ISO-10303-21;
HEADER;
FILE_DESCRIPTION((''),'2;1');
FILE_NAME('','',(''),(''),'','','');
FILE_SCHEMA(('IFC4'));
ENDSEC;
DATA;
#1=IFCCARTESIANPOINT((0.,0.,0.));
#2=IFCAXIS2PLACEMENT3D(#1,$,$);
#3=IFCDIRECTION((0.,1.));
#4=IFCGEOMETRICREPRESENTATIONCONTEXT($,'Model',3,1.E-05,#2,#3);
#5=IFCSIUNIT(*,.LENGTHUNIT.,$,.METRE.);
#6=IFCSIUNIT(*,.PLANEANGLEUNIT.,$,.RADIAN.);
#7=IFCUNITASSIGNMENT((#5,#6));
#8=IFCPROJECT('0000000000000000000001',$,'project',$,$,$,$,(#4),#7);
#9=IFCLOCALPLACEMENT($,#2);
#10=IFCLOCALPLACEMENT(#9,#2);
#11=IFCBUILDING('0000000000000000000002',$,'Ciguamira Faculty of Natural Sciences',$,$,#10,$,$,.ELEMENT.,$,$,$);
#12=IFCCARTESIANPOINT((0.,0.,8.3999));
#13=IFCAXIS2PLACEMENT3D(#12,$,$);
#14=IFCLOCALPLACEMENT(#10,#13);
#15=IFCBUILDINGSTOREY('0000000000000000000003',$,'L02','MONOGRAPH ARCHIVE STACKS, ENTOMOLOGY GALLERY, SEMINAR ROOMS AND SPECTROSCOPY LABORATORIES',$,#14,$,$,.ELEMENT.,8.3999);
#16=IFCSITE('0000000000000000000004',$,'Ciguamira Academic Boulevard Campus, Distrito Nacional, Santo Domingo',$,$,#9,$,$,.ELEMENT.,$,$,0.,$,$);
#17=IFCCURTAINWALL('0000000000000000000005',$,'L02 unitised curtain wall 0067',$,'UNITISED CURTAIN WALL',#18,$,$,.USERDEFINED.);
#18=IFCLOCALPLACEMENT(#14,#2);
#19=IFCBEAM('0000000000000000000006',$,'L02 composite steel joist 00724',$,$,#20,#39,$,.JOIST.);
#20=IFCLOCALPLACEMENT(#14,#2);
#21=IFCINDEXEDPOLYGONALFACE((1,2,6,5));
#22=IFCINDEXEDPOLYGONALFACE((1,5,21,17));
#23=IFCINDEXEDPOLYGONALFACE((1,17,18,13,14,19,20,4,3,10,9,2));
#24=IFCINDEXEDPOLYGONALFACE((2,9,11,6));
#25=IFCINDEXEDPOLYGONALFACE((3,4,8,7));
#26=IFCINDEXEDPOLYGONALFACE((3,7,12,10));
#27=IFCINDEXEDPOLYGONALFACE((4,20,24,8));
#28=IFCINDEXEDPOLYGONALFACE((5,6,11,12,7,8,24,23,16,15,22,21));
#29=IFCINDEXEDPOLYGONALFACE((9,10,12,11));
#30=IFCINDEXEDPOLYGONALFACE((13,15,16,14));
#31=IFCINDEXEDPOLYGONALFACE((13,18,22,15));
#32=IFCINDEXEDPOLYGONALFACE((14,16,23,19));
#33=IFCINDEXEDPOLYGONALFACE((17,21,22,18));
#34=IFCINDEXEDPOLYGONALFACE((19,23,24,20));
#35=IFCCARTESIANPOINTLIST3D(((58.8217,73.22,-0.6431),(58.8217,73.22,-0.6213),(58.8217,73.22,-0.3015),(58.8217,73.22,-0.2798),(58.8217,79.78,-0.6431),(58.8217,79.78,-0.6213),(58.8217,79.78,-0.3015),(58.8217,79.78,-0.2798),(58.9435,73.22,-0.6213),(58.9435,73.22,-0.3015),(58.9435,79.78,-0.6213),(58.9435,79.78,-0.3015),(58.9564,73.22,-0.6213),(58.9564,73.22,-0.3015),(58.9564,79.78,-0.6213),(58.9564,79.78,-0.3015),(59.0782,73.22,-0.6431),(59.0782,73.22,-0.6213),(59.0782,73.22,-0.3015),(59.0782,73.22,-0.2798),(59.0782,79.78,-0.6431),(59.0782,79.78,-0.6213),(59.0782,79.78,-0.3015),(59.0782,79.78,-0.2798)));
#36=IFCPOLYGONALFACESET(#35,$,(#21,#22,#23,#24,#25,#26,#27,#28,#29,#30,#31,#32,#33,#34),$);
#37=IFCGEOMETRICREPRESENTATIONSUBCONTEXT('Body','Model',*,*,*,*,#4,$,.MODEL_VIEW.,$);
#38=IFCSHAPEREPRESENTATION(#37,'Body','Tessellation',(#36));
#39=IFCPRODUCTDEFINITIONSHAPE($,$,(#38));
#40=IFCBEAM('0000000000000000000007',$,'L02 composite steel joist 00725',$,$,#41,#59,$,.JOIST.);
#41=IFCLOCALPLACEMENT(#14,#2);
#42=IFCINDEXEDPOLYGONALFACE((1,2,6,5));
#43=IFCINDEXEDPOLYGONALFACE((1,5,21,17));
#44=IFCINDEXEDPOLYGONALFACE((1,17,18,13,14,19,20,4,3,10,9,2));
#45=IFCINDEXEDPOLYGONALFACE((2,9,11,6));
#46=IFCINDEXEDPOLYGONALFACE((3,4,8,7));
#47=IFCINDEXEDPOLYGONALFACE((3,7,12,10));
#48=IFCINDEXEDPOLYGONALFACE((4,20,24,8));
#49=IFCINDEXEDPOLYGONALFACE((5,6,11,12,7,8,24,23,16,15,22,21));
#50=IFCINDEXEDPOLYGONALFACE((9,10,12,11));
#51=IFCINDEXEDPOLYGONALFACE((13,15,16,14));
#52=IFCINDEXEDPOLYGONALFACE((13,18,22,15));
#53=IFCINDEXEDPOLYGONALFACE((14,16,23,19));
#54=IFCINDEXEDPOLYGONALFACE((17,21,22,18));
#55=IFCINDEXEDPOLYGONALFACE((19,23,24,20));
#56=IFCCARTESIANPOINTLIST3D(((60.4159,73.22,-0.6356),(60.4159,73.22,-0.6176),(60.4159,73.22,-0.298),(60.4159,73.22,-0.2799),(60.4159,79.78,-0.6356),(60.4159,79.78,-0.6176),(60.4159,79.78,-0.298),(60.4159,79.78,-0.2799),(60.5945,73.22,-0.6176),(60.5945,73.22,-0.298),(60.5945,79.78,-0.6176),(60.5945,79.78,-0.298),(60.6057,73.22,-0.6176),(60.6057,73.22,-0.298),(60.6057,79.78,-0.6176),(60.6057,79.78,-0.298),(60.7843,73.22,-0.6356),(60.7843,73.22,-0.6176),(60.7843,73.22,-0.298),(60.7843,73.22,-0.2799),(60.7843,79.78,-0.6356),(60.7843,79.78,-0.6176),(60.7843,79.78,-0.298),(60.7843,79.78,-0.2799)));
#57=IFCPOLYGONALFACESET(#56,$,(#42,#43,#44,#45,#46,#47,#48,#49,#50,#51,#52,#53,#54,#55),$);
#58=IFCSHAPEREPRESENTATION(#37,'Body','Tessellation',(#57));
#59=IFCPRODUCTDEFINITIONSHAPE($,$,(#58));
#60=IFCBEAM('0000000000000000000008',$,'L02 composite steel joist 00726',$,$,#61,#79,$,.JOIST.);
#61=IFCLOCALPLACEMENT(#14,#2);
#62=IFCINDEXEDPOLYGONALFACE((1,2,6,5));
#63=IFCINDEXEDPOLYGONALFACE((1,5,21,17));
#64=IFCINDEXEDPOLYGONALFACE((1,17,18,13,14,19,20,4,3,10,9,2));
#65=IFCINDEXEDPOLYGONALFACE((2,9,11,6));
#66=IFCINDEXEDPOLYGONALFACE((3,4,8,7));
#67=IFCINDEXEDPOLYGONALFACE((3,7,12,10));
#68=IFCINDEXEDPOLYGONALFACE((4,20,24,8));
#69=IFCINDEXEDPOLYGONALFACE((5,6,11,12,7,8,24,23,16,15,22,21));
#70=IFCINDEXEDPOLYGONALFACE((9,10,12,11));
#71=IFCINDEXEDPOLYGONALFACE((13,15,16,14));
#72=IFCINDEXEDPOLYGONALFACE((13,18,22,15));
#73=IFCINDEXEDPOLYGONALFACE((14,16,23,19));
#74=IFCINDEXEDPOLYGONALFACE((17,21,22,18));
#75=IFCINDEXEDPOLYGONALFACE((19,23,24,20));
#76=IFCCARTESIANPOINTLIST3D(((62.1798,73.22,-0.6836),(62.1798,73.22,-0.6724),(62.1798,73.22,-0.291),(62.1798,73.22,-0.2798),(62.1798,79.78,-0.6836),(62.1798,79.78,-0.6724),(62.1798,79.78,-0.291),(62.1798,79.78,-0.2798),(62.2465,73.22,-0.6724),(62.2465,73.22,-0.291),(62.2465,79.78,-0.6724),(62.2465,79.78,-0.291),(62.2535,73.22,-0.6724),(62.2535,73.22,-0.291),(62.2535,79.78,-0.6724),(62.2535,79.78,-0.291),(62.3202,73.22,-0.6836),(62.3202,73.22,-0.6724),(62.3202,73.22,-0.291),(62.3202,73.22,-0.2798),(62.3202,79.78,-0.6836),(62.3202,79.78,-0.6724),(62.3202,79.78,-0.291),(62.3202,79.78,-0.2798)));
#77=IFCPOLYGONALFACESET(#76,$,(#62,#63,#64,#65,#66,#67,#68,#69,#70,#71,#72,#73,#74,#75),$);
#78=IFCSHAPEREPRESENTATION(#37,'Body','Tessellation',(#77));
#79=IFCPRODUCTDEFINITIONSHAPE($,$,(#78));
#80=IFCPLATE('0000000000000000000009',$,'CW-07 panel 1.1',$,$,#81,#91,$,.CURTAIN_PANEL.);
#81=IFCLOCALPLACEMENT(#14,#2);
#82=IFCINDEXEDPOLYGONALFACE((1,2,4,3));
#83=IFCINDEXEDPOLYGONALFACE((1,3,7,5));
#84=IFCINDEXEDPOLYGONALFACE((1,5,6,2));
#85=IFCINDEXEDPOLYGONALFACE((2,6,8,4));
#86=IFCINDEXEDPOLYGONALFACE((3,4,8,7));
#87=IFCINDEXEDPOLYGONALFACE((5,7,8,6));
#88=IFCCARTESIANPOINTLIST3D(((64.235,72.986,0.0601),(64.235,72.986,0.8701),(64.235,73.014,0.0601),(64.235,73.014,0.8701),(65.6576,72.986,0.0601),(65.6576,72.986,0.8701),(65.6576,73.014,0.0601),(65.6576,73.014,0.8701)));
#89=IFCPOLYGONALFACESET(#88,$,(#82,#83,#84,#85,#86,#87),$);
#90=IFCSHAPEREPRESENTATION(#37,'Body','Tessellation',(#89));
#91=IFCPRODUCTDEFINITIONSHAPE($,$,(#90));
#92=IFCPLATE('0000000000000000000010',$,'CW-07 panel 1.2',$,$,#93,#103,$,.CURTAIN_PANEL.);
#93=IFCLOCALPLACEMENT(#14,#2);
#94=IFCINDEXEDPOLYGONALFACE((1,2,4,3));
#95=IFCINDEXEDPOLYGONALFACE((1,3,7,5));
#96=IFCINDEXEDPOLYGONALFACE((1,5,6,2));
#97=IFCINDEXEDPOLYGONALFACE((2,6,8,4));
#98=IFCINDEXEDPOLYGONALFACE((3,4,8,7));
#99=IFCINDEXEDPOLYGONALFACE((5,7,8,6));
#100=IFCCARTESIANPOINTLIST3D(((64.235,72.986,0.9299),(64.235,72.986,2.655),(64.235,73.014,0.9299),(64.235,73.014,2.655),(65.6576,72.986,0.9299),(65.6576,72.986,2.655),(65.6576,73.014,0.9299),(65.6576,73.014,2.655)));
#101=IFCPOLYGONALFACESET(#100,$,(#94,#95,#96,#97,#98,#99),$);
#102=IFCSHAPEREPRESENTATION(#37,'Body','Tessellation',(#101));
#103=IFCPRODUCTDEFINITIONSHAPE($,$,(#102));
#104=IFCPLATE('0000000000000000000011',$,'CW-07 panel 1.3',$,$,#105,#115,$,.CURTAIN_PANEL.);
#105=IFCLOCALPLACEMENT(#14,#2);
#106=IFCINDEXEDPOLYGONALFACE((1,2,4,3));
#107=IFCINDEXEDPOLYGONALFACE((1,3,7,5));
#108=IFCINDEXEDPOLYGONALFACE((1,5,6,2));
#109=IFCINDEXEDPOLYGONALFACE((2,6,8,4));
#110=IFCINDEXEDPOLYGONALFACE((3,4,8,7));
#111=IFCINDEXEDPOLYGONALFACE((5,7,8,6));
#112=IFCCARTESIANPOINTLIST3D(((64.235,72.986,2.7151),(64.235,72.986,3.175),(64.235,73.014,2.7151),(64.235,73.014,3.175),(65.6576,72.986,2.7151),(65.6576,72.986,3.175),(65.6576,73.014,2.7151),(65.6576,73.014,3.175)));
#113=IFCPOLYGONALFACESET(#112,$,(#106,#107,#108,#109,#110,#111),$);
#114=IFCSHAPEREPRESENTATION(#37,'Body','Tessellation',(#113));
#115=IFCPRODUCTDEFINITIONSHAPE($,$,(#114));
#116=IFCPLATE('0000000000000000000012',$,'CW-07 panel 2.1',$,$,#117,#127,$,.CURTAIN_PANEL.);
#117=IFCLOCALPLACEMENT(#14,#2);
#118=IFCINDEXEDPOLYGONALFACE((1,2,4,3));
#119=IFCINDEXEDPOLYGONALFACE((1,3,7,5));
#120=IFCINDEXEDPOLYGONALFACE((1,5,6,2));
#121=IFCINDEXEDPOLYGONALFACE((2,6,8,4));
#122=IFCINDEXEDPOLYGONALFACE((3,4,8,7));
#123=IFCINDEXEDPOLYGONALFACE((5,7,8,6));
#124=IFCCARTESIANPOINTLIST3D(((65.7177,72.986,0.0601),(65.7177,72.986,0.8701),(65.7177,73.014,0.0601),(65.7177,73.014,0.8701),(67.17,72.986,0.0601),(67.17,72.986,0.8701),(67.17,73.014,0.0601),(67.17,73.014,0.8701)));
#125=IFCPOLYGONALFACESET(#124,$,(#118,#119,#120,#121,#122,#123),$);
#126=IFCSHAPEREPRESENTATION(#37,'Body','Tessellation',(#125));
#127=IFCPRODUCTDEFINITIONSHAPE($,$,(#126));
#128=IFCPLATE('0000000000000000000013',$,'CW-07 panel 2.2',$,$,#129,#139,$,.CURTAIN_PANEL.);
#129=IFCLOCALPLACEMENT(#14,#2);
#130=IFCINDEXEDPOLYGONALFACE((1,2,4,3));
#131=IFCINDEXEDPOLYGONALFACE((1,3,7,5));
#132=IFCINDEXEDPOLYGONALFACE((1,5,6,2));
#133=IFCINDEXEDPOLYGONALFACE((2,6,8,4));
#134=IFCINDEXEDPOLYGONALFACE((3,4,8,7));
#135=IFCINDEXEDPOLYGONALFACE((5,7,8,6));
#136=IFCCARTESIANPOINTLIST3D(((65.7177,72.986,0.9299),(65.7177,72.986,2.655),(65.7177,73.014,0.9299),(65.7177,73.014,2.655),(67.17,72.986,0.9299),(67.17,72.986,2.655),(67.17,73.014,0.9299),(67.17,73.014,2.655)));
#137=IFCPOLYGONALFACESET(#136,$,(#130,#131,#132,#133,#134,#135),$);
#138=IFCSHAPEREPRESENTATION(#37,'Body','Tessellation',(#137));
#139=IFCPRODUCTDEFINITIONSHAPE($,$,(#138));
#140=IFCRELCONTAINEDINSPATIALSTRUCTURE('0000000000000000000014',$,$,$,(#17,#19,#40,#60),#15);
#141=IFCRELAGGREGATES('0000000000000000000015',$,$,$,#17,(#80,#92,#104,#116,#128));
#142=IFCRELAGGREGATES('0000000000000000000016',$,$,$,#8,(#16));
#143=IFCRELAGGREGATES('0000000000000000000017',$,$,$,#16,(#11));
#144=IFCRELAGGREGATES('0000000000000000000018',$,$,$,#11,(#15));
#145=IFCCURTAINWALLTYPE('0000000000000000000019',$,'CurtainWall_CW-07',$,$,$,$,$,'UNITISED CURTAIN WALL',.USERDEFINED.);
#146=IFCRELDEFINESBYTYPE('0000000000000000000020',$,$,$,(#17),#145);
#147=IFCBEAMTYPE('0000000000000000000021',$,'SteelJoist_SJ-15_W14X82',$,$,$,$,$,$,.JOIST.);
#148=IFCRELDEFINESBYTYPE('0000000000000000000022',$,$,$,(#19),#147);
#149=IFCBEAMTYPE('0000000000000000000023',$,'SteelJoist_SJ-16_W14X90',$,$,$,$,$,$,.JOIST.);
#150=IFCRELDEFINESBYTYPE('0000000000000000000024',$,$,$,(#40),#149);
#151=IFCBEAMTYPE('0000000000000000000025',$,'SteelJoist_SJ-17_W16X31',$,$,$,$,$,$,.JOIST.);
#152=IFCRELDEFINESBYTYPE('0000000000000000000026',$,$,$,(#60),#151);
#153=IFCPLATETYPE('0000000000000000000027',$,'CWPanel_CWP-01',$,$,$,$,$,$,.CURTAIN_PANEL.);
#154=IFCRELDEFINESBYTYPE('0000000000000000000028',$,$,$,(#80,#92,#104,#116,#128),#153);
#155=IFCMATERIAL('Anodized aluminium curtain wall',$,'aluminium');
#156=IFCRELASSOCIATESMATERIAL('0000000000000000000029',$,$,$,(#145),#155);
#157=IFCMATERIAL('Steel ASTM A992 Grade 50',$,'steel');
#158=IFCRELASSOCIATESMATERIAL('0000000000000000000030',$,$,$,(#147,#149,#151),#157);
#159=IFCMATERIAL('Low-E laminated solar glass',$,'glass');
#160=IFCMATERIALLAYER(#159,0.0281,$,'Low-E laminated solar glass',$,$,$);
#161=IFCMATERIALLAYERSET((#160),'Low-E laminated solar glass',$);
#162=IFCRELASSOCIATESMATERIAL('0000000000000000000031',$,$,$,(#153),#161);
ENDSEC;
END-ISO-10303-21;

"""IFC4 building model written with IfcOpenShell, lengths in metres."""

from ifc_helpers import new_model, si_unit, direction, frame, origin, origin_2d, place, context, subcontext, project, spatial, rectangle, i_section, extrude, material, layer, layer_set, material_profile, profile_set, type_object, element, aggregate, save


model = new_model("IFC4")

# Units and contexts
model_context = context("Model", 3, precision=1e-05, world=origin(), true_north=direction((0.0, 1.0)))
body_context = subcontext(model_context, "Body", "Model", "MODEL_VIEW")
ifc_project = project(units=[si_unit("LENGTHUNIT", "METRE"), si_unit("PLANEANGLEUNIT", "RADIAN")], contexts=[model_context])

# Site, building, storey
site_placement = place(None, origin())
site = spatial("IfcSite", under=ifc_project, at=site_placement, Name="Ciguamira Academic Boulevard Campus, Distrito Nacional, Santo Domingo", CompositionType="ELEMENT", RefElevation=0.0)
building_placement = place(site_placement, origin())
building = spatial("IfcBuilding", under=site, at=building_placement, Name="Ciguamira Faculty of Natural Sciences", CompositionType="ELEMENT")
storey_placement = place(building_placement, frame((0.0, 0.0, 8.3999)))
storey = spatial("IfcBuildingStorey", under=building, at=storey_placement, Name="L02", Description="MONOGRAPH ARCHIVE STACKS, ENTOMOLOGY GALLERY, SEMINAR ROOMS AND SPECTROSCOPY LABORATORIES", CompositionType="ELEMENT", Elevation=8.3999)

# Curtain wall
ifc_material_1 = material(Name="Anodized aluminium curtain wall", Category="aluminium")
curtain_wall_type = type_object("IfcCurtainWallType", Name="CurtainWall_CW-07", ElementType="UNITISED CURTAIN WALL", PredefinedType="USERDEFINED", material=ifc_material_1)
curtain_wall_placement = place(storey_placement, origin())
curtain_wall = element("IfcCurtainWall", 1, at=curtain_wall_placement, inside=storey, type_object=curtain_wall_type, Name="L02 unitised curtain wall 0067", ObjectType="UNITISED CURTAIN WALL", PredefinedType="USERDEFINED")

# Beams
ifc_material_2 = material(Name="Steel ASTM A992 Grade 50", Category="steel")
ifc_material_profile_1 = material_profile(ifc_material_2, i_section(OverallWidth=0.2566, OverallDepth=0.3633, WebThickness=0.0129, FlangeThickness=0.0217, at=origin_2d()), Name="W14X82")
ifc_profile_set_1 = profile_set([ifc_material_profile_1], Name="Steel ASTM A992 Grade 50")
beam_type_1 = type_object("IfcBeamType", Name="SteelJoist_SJ-15_W14X82", PredefinedType="JOIST", material=ifc_profile_set_1)
beam_1_placement = place(storey_placement, frame((58.95, 73.22, -0.4614), z_axis=(0.0, 1.0, 0.0), x_axis=(-1.0, 0.0, 0.0)))
element("IfcBeam", 2, at=beam_1_placement, inside=storey, type_object=beam_type_1, Name="L02 composite steel joist 00724", PredefinedType="JOIST", context=body_context, shape_type="SweptSolid", body=[
    extrude(i_section(OverallWidth=0.2566, OverallDepth=0.3633, WebThickness=0.0129, FlangeThickness=0.0217, at=origin_2d()), origin(), (0.0, 0.0, 1.0), 6.5601),
])
ifc_material_profile_2 = material_profile(ifc_material_2, i_section(OverallWidth=0.3684, OverallDepth=0.3557, WebThickness=0.0112, FlangeThickness=0.0181, at=origin_2d()), Name="W14X90")
ifc_profile_set_2 = profile_set([ifc_material_profile_2], Name="Steel ASTM A992 Grade 50")
beam_type_2 = type_object("IfcBeamType", Name="SteelJoist_SJ-16_W14X90", PredefinedType="JOIST", material=ifc_profile_set_2)
beam_2_placement = place(storey_placement, frame((60.6001, 73.22, -0.4578), z_axis=(0.0, 1.0, 0.0), x_axis=(-1.0, 0.0, 0.0)))
element("IfcBeam", 3, at=beam_2_placement, inside=storey, type_object=beam_type_2, Name="L02 composite steel joist 00725", PredefinedType="JOIST", context=body_context, shape_type="SweptSolid", body=[
    extrude(i_section(OverallWidth=0.3684, OverallDepth=0.3557, WebThickness=0.0112, FlangeThickness=0.0181, at=origin_2d()), origin(), (0.0, 0.0, 1.0), 6.5601),
])
ifc_material_profile_3 = material_profile(ifc_material_2, i_section(OverallWidth=0.1404, OverallDepth=0.4038, WebThickness=0.0071, FlangeThickness=0.0112, at=origin_2d()), Name="W16X31")
ifc_profile_set_3 = profile_set([ifc_material_profile_3], Name="Steel ASTM A992 Grade 50")
beam_type_3 = type_object("IfcBeamType", Name="SteelJoist_SJ-17_W16X31", PredefinedType="JOIST", material=ifc_profile_set_3)
beam_3_placement = place(storey_placement, frame((62.25, 73.22, -0.4817), z_axis=(0.0, 1.0, 0.0), x_axis=(-1.0, 0.0, 0.0)))
element("IfcBeam", 4, at=beam_3_placement, inside=storey, type_object=beam_type_3, Name="L02 composite steel joist 00726", PredefinedType="JOIST", context=body_context, shape_type="SweptSolid", body=[
    extrude(i_section(OverallWidth=0.1404, OverallDepth=0.4038, WebThickness=0.0071, FlangeThickness=0.0112, at=origin_2d()), origin(), (0.0, 0.0, 1.0), 6.5601),
])

# Plates
ifc_material_3 = material(Name="Low-E laminated solar glass", Category="glass")
ifc_layer = layer(ifc_material_3, 0.0281, Name="Low-E laminated solar glass")
ifc_layer_set = layer_set([ifc_layer], Name="Low-E laminated solar glass")
plate_type = type_object("IfcPlateType", Name="CWPanel_CWP-01", PredefinedType="CURTAIN_PANEL", material=ifc_layer_set)
plate_1_placement = place(storey_placement, frame((64.9463, 73.0, 0.0601), z_axis=(0.0, 0.0, 1.0), x_axis=(1.0, 0.0, 0.0)))
plate_1 = element("IfcPlate", 5, at=plate_1_placement, type_object=plate_type, Name="CW-07 panel 1.1", PredefinedType="CURTAIN_PANEL", context=body_context, shape_type="SweptSolid", body=[
    extrude(rectangle(XDim=1.4226, YDim=0.0281, at=origin_2d()), origin(), (0.0, 0.0, 1.0), 0.8101),
])
plate_2_placement = place(storey_placement, frame((64.9463, 73.0, 0.9299), z_axis=(0.0, 0.0, 1.0), x_axis=(1.0, 0.0, 0.0)))
plate_2 = element("IfcPlate", 6, at=plate_2_placement, type_object=plate_type, Name="CW-07 panel 1.2", PredefinedType="CURTAIN_PANEL", context=body_context, shape_type="SweptSolid", body=[
    extrude(rectangle(XDim=1.4226, YDim=0.0281, at=origin_2d()), origin(), (0.0, 0.0, 1.0), 1.7251),
])
plate_3_placement = place(storey_placement, frame((64.9463, 73.0, 2.7151), z_axis=(0.0, 0.0, 1.0), x_axis=(1.0, 0.0, 0.0)))
plate_3 = element("IfcPlate", 7, at=plate_3_placement, type_object=plate_type, Name="CW-07 panel 1.3", PredefinedType="CURTAIN_PANEL", context=body_context, shape_type="SweptSolid", body=[
    extrude(rectangle(XDim=1.4226, YDim=0.0281, at=origin_2d()), origin(), (0.0, 0.0, 1.0), 0.46),
])
plate_4_placement = place(storey_placement, frame((66.4438, 73.0, 0.0601), z_axis=(0.0, 0.0, 1.0), x_axis=(1.0, 0.0, 0.0)))
plate_4 = element("IfcPlate", 8, at=plate_4_placement, type_object=plate_type, Name="CW-07 panel 2.1", PredefinedType="CURTAIN_PANEL", context=body_context, shape_type="SweptSolid", body=[
    extrude(rectangle(XDim=1.4524, YDim=0.0281, at=origin_2d()), origin(), (0.0, 0.0, 1.0), 0.8101),
])
plate_5_placement = place(storey_placement, frame((66.4438, 73.0, 0.9299), z_axis=(0.0, 0.0, 1.0), x_axis=(1.0, 0.0, 0.0)))
plate_5 = element("IfcPlate", 9, at=plate_5_placement, type_object=plate_type, Name="CW-07 panel 2.2", PredefinedType="CURTAIN_PANEL", context=body_context, shape_type="SweptSolid", body=[
    extrude(rectangle(XDim=1.4524, YDim=0.0281, at=origin_2d()), origin(), (0.0, 0.0, 1.0), 1.7251),
])
aggregate(curtain_wall, [plate_1, plate_2, plate_3, plate_4, plate_5])

save(model, "model.ifc")
